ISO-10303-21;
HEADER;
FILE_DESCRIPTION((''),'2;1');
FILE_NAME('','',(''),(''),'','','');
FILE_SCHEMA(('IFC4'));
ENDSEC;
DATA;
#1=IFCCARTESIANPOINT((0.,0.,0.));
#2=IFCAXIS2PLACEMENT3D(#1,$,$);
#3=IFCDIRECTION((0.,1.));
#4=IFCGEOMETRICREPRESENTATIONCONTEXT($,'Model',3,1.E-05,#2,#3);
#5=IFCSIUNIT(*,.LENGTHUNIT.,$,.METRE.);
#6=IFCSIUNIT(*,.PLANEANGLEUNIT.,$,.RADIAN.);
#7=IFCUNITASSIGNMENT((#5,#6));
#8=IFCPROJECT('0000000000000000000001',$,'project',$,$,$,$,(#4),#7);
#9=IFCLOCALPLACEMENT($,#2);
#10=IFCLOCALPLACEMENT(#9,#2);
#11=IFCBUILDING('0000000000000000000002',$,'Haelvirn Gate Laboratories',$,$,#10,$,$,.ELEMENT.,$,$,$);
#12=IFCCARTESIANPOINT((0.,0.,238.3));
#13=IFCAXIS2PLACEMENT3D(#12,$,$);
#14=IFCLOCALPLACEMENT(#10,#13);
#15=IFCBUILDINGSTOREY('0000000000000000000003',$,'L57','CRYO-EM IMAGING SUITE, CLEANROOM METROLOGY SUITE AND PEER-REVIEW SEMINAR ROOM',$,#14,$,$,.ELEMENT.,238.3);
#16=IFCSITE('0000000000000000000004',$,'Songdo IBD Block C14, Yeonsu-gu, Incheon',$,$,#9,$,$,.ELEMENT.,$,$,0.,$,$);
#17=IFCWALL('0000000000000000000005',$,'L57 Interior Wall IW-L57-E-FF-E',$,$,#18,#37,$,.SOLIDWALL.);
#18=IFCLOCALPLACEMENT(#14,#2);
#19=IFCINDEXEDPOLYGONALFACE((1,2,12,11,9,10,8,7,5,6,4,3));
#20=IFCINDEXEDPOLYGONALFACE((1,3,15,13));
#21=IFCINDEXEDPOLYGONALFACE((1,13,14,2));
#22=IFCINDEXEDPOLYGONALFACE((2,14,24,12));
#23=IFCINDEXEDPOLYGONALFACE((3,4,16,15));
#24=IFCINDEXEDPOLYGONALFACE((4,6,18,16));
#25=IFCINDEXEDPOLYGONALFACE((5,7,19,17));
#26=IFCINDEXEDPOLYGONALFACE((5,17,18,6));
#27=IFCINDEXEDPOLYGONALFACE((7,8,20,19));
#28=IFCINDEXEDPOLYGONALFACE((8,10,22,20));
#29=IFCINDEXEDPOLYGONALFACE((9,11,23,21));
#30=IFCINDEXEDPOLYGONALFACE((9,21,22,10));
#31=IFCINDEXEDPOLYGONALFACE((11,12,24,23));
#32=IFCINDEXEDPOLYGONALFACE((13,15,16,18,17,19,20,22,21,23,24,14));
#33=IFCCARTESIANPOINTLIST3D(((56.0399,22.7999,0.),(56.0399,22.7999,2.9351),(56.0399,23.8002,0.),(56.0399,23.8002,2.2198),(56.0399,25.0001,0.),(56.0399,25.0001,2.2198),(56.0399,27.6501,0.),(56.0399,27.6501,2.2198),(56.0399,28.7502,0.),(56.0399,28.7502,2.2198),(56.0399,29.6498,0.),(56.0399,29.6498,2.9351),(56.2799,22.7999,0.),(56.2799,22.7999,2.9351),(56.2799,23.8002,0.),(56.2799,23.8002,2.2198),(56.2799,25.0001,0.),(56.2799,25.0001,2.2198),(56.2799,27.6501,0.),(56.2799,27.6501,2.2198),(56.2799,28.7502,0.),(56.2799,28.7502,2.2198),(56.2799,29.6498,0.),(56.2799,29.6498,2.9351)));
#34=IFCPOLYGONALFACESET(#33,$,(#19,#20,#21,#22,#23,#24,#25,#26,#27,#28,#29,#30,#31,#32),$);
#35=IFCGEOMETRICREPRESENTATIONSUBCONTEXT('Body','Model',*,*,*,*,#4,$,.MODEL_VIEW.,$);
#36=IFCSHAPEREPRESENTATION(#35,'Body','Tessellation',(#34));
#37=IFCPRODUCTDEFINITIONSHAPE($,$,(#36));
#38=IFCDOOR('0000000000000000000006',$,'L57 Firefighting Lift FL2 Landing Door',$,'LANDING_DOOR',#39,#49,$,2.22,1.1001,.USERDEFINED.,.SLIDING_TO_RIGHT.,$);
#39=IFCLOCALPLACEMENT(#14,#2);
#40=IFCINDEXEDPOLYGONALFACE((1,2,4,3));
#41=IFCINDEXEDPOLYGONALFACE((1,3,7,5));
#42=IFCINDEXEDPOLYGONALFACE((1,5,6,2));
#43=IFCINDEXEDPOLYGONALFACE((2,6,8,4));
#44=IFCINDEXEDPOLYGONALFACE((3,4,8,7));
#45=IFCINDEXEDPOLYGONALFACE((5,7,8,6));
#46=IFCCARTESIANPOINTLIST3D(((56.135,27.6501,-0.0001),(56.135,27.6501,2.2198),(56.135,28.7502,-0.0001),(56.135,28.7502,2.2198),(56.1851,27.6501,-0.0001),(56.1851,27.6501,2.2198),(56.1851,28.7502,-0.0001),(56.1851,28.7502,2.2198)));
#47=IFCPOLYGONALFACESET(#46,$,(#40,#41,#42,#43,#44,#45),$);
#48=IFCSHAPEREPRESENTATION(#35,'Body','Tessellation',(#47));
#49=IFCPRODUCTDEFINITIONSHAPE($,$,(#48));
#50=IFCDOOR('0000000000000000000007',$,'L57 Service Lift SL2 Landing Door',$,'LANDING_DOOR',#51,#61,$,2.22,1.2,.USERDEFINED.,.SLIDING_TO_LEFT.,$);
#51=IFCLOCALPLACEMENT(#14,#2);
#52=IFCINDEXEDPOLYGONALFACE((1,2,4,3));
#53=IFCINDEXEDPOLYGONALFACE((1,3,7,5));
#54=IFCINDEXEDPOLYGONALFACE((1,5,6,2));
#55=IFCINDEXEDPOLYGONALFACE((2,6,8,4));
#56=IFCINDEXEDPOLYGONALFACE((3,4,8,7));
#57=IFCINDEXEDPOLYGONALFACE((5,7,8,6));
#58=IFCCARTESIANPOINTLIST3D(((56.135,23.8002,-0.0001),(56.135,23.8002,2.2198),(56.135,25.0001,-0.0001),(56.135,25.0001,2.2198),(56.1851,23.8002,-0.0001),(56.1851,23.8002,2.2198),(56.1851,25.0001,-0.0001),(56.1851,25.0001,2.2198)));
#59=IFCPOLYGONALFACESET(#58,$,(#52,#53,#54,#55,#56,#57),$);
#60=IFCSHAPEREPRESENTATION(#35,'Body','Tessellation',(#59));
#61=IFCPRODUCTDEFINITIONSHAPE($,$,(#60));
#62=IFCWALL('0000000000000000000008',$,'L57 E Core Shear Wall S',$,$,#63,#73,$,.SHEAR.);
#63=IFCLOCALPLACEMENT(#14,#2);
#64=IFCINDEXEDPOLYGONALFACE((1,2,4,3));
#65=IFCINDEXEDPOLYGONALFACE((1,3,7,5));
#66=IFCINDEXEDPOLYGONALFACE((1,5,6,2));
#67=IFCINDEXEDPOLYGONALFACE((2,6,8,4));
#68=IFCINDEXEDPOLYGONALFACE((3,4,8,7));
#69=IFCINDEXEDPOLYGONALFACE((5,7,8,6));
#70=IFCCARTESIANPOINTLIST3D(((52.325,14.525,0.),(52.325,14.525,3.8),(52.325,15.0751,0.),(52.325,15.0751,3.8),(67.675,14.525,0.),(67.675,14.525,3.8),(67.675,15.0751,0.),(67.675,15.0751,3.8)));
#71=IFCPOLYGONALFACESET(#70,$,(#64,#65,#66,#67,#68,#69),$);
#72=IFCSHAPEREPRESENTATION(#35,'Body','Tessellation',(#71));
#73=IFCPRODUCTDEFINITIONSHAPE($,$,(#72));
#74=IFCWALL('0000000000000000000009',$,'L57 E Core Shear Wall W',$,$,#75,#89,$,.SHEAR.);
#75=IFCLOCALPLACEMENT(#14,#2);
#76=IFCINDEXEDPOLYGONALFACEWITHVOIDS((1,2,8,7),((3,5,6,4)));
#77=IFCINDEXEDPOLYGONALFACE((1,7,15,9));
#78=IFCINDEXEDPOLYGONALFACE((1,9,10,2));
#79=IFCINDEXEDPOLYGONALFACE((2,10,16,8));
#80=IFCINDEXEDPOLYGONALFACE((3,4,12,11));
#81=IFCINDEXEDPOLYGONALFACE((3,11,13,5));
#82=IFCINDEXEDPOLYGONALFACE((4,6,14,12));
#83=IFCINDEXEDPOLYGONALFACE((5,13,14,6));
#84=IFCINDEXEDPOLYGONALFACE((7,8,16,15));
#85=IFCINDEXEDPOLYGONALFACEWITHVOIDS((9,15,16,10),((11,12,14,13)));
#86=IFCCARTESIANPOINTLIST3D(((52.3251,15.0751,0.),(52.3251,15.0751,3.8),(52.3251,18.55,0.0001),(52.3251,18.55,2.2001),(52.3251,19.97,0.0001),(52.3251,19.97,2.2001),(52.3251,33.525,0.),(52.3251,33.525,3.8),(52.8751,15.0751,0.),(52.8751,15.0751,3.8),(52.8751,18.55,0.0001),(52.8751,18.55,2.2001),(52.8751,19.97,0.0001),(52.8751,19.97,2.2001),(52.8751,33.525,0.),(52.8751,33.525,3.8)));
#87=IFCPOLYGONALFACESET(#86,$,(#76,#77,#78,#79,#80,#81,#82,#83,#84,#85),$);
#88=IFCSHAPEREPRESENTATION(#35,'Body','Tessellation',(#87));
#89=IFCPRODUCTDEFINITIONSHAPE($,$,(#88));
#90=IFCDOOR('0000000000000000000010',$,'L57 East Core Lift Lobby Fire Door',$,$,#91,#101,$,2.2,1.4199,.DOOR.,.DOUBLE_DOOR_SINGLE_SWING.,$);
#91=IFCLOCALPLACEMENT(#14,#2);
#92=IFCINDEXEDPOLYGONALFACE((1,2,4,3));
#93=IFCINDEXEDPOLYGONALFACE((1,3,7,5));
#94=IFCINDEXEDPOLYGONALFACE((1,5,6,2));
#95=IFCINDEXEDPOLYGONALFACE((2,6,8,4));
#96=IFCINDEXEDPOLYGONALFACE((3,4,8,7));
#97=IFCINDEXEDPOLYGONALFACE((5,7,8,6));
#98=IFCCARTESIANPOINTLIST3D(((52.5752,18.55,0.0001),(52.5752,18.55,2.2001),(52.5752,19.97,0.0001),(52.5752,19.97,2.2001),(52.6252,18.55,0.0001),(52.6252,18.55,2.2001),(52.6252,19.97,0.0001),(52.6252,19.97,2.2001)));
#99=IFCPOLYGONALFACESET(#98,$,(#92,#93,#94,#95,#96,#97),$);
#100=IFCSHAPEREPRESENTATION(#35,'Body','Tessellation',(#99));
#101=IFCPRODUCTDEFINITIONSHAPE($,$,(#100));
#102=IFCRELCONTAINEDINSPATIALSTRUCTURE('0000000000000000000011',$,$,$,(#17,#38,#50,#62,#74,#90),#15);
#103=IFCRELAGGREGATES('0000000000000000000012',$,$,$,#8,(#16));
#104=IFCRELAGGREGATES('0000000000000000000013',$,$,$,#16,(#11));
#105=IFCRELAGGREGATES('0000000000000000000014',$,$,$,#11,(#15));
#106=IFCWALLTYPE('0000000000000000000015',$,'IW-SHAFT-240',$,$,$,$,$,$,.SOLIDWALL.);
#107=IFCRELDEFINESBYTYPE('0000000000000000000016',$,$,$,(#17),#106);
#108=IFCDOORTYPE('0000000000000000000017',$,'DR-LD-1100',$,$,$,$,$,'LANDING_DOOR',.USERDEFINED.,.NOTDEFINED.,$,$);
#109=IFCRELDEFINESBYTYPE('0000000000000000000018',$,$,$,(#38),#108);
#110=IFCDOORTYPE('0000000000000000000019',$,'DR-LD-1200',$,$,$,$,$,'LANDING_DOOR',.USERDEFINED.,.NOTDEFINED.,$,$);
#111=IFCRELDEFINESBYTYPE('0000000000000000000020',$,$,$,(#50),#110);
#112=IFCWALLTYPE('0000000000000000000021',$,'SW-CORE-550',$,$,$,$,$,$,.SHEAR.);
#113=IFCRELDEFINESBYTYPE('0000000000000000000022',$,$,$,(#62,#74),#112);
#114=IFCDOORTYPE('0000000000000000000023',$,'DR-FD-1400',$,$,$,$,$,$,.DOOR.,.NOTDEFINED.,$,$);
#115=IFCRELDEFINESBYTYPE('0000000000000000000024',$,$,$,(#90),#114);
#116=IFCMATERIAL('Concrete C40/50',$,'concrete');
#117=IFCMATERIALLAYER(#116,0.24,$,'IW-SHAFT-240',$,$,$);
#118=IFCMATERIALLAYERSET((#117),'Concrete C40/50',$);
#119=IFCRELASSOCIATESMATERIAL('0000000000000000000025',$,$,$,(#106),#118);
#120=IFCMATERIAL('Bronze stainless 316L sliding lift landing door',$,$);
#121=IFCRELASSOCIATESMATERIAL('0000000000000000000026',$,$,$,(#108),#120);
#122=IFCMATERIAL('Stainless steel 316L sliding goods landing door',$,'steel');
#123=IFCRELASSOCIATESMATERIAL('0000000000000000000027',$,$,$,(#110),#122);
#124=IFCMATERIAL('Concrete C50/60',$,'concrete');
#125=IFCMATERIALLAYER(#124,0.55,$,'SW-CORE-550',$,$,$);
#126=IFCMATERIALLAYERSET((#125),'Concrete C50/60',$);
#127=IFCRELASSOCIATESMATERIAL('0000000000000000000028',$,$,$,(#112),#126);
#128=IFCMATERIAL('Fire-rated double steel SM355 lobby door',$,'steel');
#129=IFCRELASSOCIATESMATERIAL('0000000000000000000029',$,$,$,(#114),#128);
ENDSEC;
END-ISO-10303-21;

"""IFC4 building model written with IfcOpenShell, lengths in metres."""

from ifc_helpers import new_model, si_unit, direction, frame, frame_2d, origin, place, context, subcontext, project, spatial, rectangle, extrude, source, transform, mapped, material, layer, layer_set, type_object, type_shapes, element, fill, save


model = new_model("IFC4")

# Units and contexts
model_context = context("Model", 3, precision=1e-05, world=origin(), true_north=direction((0.0, 1.0)))
body_context = subcontext(model_context, "Body", "Model", "MODEL_VIEW")
ifc_project = project(units=[si_unit("LENGTHUNIT", "METRE"), si_unit("PLANEANGLEUNIT", "RADIAN")], contexts=[model_context])

# Site, building, storey
site_placement = place(None, origin())
site = spatial("IfcSite", under=ifc_project, at=site_placement, Name="Songdo IBD Block C14, Yeonsu-gu, Incheon", CompositionType="ELEMENT", RefElevation=0.0)
building_placement = place(site_placement, origin())
building = spatial("IfcBuilding", under=site, at=building_placement, Name="Haelvirn Gate Laboratories", CompositionType="ELEMENT")
storey_placement = place(building_placement, frame((0.0, 0.0, 238.3)))
storey = spatial("IfcBuildingStorey", under=building, at=storey_placement, Name="L57", Description="CRYO-EM IMAGING SUITE, CLEANROOM METROLOGY SUITE AND PEER-REVIEW SEMINAR ROOM", CompositionType="ELEMENT", Elevation=238.3)

# Shared definitions
ifc_material_1 = material(Name="Concrete C40/50", Category="concrete")

# Wall, openings, doors
ifc_layer_1 = layer(ifc_material_1, 0.24, Name="IW-SHAFT-240")
ifc_layer_set_1 = layer_set([ifc_layer_1], Name="Concrete C40/50")
wall_type_1 = type_object("IfcWallType", Name="IW-SHAFT-240", PredefinedType="SOLIDWALL", material=ifc_layer_set_1)
wall_1_placement = place(storey_placement, frame((56.1599, 22.8, 0.0), z_axis=(0.0, 0.0, 1.0), x_axis=(0.0, 1.0, 0.0)))
wall_1 = element("IfcWall", 1, at=wall_1_placement, inside=storey, type_object=wall_type_1, Name="L57 Interior Wall IW-L57-E-FF-E", PredefinedType="SOLIDWALL", context=body_context, shape_type="SweptSolid", body=[
    extrude(rectangle(XDim=6.8499, YDim=0.24, at=frame_2d((3.4248, 0.0))), origin(), (0.0, 0.0, 1.0), 2.9351),
])
opening_1_placement = place(wall_1_placement, frame((4.8501, 0.0, 0.0)))
opening_1 = element("IfcOpeningElement", 2, at=opening_1_placement, cuts=wall_1, PredefinedType="OPENING", context=body_context, shape_type="SweptSolid", body=[
    extrude(rectangle(XDim=1.1001, YDim=2.22, at=frame_2d((0.55, 1.1099))), frame((0.0, 0.1299, 0.0), z_axis=(0.0, -1.0, 0.0), x_axis=(1.0, 0.0, 0.0)), (0.0, 0.0, 1.0), 0.26),
])
opening_2_placement = place(wall_1_placement, frame((1.0, 0.0, 0.0)))
opening_2 = element("IfcOpeningElement", 3, at=opening_2_placement, cuts=wall_1, PredefinedType="OPENING", context=body_context, shape_type="SweptSolid", body=[
    extrude(rectangle(XDim=1.2, YDim=2.22, at=frame_2d((0.6001, 1.1099))), frame((0.0, 0.1299, 0.0), z_axis=(0.0, -1.0, 0.0), x_axis=(1.0, 0.0, 0.0)), (0.0, 0.0, 1.0), 0.26),
])
ifc_material_2 = material(Name="Bronze stainless 316L sliding lift landing door")
door_type_1 = type_object("IfcDoorType", Name="DR-LD-1100", ElementType="LANDING_DOOR", OperationType="NOTDEFINED", PredefinedType="USERDEFINED", material=ifc_material_2)
shared_shape_1 = source(origin(), body_context, "Body", "SweptSolid", [
    extrude(rectangle(XDim=1.1001, YDim=2.22, at=frame_2d((0.55, 1.1099))), frame((0.0, 0.0249, 0.0), z_axis=(0.0, -1.0, 0.0), x_axis=(1.0, 0.0, 0.0)), (0.0, 0.0, 1.0), 0.05),
])
type_shapes(door_type_1, [shared_shape_1])
door_1_placement = place(opening_1_placement, origin())
door_1 = element("IfcDoor", 4, at=door_1_placement, inside=storey, type_object=door_type_1, Name="L57 Firefighting Lift FL2 Landing Door", ObjectType="LANDING_DOOR", OperationType="SLIDING_TO_RIGHT", OverallHeight=2.22, OverallWidth=1.1001, PredefinedType="USERDEFINED", context=body_context, shape_type="MappedRepresentation", body=[
    mapped(shared_shape_1, transform((0.0, 0.0, 0.0), scale=1.0)),
])
fill(opening_1, door_1)
ifc_material_3 = material(Name="Stainless steel 316L sliding goods landing door", Category="steel")
door_type_2 = type_object("IfcDoorType", Name="DR-LD-1200", ElementType="LANDING_DOOR", OperationType="NOTDEFINED", PredefinedType="USERDEFINED", material=ifc_material_3)
shared_shape_2 = source(origin(), body_context, "Body", "SweptSolid", [
    extrude(rectangle(XDim=1.2, YDim=2.22, at=frame_2d((0.6001, 1.1099))), frame((0.0, 0.0249, 0.0), z_axis=(0.0, -1.0, 0.0), x_axis=(1.0, 0.0, 0.0)), (0.0, 0.0, 1.0), 0.05),
])
type_shapes(door_type_2, [shared_shape_2])
door_2_placement = place(opening_2_placement, origin())
door_2 = element("IfcDoor", 5, at=door_2_placement, inside=storey, type_object=door_type_2, Name="L57 Service Lift SL2 Landing Door", ObjectType="LANDING_DOOR", OperationType="SLIDING_TO_LEFT", OverallHeight=2.22, OverallWidth=1.2, PredefinedType="USERDEFINED", context=body_context, shape_type="MappedRepresentation", body=[
    mapped(shared_shape_2, transform((0.0, 0.0, 0.0), scale=1.0)),
])
fill(opening_2, door_2)

# Wall
ifc_material_4 = material(Name="Concrete C50/60", Category="concrete")
ifc_layer_2 = layer(ifc_material_4, 0.55, Name="SW-CORE-550")
ifc_layer_set_2 = layer_set([ifc_layer_2], Name="Concrete C50/60")
wall_type_2 = type_object("IfcWallType", Name="SW-CORE-550", PredefinedType="SHEAR", material=ifc_layer_set_2)
wall_2_placement = place(storey_placement, frame((52.325, 14.8, 0.0), z_axis=(0.0, 0.0, 1.0), x_axis=(1.0, 0.0, 0.0)))
element("IfcWall", 6, at=wall_2_placement, inside=storey, type_object=wall_type_2, Name="L57 E Core Shear Wall S", PredefinedType="SHEAR", context=body_context, shape_type="SweptSolid", body=[
    extrude(rectangle(XDim=15.3501, YDim=0.55, at=frame_2d((7.675, 0.0))), origin(), (0.0, 0.0, 1.0), 3.8),
])

# Wall, opening, door
wall_3_placement = place(storey_placement, frame((52.6001, 15.075, 0.0), z_axis=(0.0, 0.0, 1.0), x_axis=(0.0, 1.0, 0.0)))
wall_3 = element("IfcWall", 7, at=wall_3_placement, inside=storey, type_object=wall_type_2, Name="L57 E Core Shear Wall W", PredefinedType="SHEAR", context=body_context, shape_type="SweptSolid", body=[
    extrude(rectangle(XDim=18.45, YDim=0.55, at=frame_2d((9.2251, 0.0))), origin(), (0.0, 0.0, 1.0), 3.8),
])
opening_3_placement = place(wall_3_placement, frame((3.4751, 0.0, 0.0)))
opening_3 = element("IfcOpeningElement", 8, at=opening_3_placement, cuts=wall_3, PredefinedType="OPENING", context=body_context, shape_type="SweptSolid", body=[
    extrude(rectangle(XDim=1.4199, YDim=2.2, at=frame_2d((0.71, 1.1001))), frame((0.0, 0.2852, 0.0), z_axis=(0.0, -1.0, 0.0), x_axis=(1.0, 0.0, 0.0)), (0.0, 0.0, 1.0), 0.5701),
])
ifc_material_5 = material(Name="Fire-rated double steel SM355 lobby door", Category="steel")
door_type_3 = type_object("IfcDoorType", Name="DR-FD-1400", OperationType="NOTDEFINED", PredefinedType="DOOR", material=ifc_material_5)
shared_shape_3 = source(origin(), body_context, "Body", "SweptSolid", [
    extrude(rectangle(XDim=1.4199, YDim=2.2, at=frame_2d((0.71, 1.1001))), frame((0.0, 0.0249, 0.0), z_axis=(0.0, -1.0, 0.0), x_axis=(1.0, 0.0, 0.0)), (0.0, 0.0, 1.0), 0.05),
])
type_shapes(door_type_3, [shared_shape_3])
door_3_placement = place(opening_3_placement, origin())
door_3 = element("IfcDoor", 9, at=door_3_placement, inside=storey, type_object=door_type_3, Name="L57 East Core Lift Lobby Fire Door", OperationType="DOUBLE_DOOR_SINGLE_SWING", OverallHeight=2.2, OverallWidth=1.4199, PredefinedType="DOOR", context=body_context, shape_type="MappedRepresentation", body=[
    mapped(shared_shape_3, transform((0.0, 0.0, 0.0), scale=1.0)),
])
fill(opening_3, door_3)

save(model, "model.ifc")
